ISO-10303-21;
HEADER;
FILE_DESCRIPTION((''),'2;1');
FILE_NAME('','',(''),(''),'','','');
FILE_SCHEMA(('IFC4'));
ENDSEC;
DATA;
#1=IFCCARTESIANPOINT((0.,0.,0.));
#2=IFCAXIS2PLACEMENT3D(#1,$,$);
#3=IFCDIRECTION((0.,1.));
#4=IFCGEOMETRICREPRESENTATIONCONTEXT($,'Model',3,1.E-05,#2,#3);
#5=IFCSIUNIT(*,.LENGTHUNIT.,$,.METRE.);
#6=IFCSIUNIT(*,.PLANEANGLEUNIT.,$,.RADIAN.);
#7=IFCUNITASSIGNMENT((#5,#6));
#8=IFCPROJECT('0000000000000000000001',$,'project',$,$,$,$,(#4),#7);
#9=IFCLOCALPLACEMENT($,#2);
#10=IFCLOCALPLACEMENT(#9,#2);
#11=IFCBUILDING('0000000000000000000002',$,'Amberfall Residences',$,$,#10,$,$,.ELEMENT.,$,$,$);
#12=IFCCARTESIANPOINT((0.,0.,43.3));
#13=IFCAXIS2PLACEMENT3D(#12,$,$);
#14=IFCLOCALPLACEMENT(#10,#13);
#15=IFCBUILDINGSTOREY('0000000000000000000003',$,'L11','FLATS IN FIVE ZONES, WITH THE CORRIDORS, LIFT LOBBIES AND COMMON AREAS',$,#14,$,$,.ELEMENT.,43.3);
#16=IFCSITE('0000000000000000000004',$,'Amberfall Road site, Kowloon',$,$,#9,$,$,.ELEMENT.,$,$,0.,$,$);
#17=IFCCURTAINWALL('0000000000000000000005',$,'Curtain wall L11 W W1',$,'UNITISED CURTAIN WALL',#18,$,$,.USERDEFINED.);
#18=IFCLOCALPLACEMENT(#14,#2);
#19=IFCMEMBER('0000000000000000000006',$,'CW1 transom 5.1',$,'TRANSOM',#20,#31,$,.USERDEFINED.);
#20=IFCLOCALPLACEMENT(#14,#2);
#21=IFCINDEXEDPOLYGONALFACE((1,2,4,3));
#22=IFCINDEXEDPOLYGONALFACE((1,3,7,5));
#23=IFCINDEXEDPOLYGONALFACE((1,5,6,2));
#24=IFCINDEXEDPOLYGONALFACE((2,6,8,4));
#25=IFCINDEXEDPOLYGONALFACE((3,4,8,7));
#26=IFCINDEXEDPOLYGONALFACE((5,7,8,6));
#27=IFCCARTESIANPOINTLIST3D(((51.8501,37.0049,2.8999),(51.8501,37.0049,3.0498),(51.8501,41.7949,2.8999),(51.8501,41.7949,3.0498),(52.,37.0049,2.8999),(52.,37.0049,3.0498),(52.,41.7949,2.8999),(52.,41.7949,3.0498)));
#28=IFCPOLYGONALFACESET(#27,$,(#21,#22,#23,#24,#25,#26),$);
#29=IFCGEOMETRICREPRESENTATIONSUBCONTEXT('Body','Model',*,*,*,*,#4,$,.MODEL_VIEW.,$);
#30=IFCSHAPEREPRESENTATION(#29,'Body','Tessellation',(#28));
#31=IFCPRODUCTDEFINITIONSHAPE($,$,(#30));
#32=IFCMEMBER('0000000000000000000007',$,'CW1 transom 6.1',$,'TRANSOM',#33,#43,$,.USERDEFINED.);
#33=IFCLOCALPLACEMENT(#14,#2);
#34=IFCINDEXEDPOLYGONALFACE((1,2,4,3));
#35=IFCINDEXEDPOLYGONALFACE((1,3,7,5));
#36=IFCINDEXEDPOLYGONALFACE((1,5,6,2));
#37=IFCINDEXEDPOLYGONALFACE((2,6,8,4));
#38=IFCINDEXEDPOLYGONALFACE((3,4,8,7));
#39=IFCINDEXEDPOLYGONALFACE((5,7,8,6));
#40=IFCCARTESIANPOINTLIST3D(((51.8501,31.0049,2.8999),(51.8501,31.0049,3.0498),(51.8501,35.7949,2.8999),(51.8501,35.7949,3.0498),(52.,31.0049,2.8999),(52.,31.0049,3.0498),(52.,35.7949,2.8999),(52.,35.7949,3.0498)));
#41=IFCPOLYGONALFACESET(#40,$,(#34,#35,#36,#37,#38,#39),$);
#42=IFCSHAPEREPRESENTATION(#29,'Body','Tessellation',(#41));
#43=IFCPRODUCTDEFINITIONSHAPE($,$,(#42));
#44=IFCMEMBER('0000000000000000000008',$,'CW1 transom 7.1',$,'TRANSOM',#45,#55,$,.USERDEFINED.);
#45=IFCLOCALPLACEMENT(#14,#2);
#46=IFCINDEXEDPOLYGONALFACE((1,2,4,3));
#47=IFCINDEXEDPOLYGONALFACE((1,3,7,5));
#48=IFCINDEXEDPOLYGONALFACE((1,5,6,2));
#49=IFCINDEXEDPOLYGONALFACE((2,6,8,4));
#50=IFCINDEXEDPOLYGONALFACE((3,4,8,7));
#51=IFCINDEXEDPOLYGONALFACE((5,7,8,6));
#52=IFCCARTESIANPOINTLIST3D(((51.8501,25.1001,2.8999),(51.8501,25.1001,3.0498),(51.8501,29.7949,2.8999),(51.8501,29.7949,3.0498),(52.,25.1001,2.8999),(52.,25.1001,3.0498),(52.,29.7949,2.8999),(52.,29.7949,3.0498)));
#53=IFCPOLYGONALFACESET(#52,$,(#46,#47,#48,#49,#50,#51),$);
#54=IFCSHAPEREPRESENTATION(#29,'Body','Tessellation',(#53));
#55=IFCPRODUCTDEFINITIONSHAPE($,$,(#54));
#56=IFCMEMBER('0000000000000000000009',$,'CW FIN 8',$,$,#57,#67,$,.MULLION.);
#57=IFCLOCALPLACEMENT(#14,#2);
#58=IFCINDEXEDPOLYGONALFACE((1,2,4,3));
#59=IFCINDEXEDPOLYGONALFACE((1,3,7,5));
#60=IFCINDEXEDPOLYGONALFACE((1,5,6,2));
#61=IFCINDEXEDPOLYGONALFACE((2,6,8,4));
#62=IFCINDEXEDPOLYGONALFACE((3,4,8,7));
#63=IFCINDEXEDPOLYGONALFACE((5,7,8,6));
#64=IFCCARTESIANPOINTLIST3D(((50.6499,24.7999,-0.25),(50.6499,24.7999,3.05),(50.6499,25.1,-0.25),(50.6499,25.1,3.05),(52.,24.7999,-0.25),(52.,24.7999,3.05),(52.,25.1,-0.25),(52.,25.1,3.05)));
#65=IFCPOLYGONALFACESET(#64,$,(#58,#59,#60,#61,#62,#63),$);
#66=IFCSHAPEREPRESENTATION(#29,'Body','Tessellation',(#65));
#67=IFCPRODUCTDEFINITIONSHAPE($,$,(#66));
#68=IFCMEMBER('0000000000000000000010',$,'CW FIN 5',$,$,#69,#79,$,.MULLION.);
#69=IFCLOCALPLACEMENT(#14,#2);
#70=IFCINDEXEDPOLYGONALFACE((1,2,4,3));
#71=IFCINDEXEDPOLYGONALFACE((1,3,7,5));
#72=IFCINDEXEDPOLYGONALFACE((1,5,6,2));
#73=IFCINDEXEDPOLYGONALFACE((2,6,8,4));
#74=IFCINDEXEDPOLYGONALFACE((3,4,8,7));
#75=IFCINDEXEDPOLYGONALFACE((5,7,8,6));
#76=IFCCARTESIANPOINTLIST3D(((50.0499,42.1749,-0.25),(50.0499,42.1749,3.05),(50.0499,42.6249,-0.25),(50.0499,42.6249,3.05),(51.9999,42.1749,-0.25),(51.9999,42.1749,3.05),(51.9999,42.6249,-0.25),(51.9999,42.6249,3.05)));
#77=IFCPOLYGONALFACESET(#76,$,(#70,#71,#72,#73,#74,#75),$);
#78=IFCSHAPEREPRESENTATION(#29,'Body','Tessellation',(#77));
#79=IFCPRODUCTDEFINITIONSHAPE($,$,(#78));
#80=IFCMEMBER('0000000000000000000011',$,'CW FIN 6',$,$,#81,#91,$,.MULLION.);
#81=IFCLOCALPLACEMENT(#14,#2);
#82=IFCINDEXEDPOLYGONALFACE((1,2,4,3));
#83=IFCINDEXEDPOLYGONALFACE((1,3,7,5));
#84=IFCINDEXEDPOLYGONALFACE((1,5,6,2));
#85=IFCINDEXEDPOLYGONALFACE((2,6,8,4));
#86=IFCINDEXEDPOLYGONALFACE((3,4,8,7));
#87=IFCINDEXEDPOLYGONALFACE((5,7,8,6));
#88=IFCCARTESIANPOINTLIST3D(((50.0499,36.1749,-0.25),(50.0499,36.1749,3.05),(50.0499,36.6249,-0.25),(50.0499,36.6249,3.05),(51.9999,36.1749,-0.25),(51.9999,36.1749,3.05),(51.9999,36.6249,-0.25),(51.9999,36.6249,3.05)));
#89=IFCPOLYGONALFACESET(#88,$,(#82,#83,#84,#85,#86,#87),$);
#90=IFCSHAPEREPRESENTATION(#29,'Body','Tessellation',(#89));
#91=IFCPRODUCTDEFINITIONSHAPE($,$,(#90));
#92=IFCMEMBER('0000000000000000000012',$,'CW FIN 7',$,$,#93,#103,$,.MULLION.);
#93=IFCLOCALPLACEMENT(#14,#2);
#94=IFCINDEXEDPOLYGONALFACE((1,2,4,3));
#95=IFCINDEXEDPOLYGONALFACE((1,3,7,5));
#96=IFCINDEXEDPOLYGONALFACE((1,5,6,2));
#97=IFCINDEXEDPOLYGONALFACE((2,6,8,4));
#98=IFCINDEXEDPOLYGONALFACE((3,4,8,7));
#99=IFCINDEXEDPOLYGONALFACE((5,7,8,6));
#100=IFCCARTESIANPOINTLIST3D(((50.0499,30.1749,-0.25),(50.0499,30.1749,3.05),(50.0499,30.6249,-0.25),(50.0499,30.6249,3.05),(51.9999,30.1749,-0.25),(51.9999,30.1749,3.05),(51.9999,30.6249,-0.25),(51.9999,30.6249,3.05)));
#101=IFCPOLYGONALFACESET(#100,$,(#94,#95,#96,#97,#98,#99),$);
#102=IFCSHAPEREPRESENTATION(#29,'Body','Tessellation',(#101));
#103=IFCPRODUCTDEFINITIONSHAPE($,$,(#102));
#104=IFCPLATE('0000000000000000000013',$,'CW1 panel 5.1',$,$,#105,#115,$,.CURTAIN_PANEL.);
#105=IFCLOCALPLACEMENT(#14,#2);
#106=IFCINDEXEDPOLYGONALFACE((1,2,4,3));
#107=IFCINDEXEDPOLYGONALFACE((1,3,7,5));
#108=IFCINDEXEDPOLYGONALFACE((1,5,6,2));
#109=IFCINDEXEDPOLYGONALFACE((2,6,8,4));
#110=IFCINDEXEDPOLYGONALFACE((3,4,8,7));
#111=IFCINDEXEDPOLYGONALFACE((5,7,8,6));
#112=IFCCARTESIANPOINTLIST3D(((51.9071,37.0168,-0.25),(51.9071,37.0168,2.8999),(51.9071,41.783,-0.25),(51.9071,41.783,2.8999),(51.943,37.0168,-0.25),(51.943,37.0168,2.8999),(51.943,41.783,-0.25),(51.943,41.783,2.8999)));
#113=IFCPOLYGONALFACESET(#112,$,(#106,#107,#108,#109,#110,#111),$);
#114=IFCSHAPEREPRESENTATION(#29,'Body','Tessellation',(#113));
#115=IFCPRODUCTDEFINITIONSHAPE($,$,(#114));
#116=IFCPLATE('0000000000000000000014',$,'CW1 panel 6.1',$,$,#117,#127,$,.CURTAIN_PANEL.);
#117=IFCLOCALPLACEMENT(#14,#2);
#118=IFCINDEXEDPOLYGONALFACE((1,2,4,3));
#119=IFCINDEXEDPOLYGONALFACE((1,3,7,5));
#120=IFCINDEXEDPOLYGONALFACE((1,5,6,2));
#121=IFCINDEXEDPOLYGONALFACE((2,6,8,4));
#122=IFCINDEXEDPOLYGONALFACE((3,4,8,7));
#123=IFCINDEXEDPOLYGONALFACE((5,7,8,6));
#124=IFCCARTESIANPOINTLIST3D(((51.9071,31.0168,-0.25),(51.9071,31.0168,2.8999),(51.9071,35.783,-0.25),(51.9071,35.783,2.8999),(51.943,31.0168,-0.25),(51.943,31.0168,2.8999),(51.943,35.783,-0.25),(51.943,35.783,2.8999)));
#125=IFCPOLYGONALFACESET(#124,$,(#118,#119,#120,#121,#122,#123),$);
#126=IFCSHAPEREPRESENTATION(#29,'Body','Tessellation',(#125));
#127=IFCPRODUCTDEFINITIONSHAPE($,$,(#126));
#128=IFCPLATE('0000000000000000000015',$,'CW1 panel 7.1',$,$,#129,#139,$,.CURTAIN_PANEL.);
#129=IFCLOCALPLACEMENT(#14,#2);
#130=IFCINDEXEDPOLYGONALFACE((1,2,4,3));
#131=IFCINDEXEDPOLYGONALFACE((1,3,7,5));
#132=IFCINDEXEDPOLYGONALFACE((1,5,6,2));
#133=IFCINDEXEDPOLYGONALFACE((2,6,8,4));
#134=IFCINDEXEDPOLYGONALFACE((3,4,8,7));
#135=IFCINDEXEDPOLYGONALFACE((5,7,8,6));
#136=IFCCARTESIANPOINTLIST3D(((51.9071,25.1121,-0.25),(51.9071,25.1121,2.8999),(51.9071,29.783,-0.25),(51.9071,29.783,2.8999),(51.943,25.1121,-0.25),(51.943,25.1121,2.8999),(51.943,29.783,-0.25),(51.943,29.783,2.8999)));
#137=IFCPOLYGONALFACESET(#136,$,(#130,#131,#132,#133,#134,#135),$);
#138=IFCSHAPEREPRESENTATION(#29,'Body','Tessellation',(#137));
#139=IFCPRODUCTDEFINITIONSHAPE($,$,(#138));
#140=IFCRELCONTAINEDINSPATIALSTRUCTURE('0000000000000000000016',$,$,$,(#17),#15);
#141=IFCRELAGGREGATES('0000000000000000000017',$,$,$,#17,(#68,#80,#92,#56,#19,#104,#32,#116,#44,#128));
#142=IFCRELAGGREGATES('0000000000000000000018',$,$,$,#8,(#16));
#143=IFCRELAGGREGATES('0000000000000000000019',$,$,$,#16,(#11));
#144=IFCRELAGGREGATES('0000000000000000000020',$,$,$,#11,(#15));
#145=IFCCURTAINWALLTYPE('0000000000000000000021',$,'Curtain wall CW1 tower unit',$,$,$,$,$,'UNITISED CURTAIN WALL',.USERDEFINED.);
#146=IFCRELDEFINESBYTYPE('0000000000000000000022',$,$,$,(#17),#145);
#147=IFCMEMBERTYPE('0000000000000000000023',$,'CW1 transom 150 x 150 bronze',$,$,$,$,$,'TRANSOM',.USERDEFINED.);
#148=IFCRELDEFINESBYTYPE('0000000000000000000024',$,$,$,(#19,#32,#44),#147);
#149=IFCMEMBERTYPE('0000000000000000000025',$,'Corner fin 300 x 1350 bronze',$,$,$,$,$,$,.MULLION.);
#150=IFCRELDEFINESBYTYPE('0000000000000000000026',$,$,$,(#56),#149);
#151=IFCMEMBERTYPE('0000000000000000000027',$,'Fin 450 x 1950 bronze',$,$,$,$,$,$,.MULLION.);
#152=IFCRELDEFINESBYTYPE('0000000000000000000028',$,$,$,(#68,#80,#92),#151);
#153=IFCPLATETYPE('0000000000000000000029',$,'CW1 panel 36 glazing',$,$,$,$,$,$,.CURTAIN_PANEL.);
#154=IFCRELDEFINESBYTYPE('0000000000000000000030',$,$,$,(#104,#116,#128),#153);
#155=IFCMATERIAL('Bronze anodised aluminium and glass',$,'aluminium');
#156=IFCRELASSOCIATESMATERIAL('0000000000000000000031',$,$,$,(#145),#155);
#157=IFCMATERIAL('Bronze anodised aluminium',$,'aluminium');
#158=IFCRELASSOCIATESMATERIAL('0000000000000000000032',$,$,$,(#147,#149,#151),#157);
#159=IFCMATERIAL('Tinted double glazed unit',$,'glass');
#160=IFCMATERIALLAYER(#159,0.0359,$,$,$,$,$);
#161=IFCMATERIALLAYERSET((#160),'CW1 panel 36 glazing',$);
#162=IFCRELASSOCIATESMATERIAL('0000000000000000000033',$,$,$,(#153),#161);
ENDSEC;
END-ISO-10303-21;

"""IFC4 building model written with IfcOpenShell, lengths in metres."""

from ifc_helpers import new_model, si_unit, direction, frame, origin, origin_2d, place, context, subcontext, project, spatial, rectangle, extrude, material, layer, layer_set, material_profile, profile_set, type_object, element, aggregate, save


model = new_model("IFC4")

# Units and contexts
model_context = context("Model", 3, precision=1e-05, world=origin(), true_north=direction((0.0, 1.0)))
body_context = subcontext(model_context, "Body", "Model", "MODEL_VIEW")
ifc_project = project(units=[si_unit("LENGTHUNIT", "METRE"), si_unit("PLANEANGLEUNIT", "RADIAN")], contexts=[model_context])

# Site, building, storey
site_placement = place(None, origin())
site = spatial("IfcSite", under=ifc_project, at=site_placement, Name="Amberfall Road site, Kowloon", CompositionType="ELEMENT", RefElevation=0.0)
building_placement = place(site_placement, origin())
building = spatial("IfcBuilding", under=site, at=building_placement, Name="Amberfall Residences", CompositionType="ELEMENT")
storey_placement = place(building_placement, frame((0.0, 0.0, 43.3)))
storey = spatial("IfcBuildingStorey", under=building, at=storey_placement, Name="L11", Description="FLATS IN FIVE ZONES, WITH THE CORRIDORS, LIFT LOBBIES AND COMMON AREAS", CompositionType="ELEMENT", Elevation=43.3)

# Curtain wall, members, plates
ifc_material_1 = material(Name="Bronze anodised aluminium and glass", Category="aluminium")
curtain_wall_type = type_object("IfcCurtainWallType", Name="Curtain wall CW1 tower unit", ElementType="UNITISED CURTAIN WALL", PredefinedType="USERDEFINED", material=ifc_material_1)
curtain_wall_placement = place(storey_placement, origin())
curtain_wall = element("IfcCurtainWall", 1, at=curtain_wall_placement, inside=storey, type_object=curtain_wall_type, Name="Curtain wall L11 W W1", ObjectType="UNITISED CURTAIN WALL", PredefinedType="USERDEFINED")
ifc_material_2 = material(Name="Bronze anodised aluminium", Category="aluminium")
ifc_material_profile_1 = material_profile(ifc_material_2, rectangle(XDim=0.1499, YDim=0.1499, at=origin_2d()), Name="CW1 transom 150 x 150 bronze")
ifc_profile_set_1 = profile_set([ifc_material_profile_1], Name="Bronze anodised aluminium")
member_type_1 = type_object("IfcMemberType", Name="CW1 transom 150 x 150 bronze", ElementType="TRANSOM", PredefinedType="USERDEFINED", material=ifc_profile_set_1)
member_1_placement = place(storey_placement, frame((51.925, 41.7949, 2.9749), z_axis=(0.0, -1.0, 0.0), x_axis=(1.0, 0.0, 0.0)))
member_1 = element("IfcMember", 2, at=member_1_placement, type_object=member_type_1, Name="CW1 transom 5.1", ObjectType="TRANSOM", PredefinedType="USERDEFINED", context=body_context, shape_type="SweptSolid", body=[
    extrude(rectangle(XDim=0.1499, YDim=0.1499, at=origin_2d()), origin(), (0.0, 0.0, 1.0), 4.79),
])
member_2_placement = place(storey_placement, frame((51.925, 35.7949, 2.9749), z_axis=(0.0, -1.0, 0.0), x_axis=(1.0, 0.0, 0.0)))
member_2 = element("IfcMember", 3, at=member_2_placement, type_object=member_type_1, Name="CW1 transom 6.1", ObjectType="TRANSOM", PredefinedType="USERDEFINED", context=body_context, shape_type="SweptSolid", body=[
    extrude(rectangle(XDim=0.1499, YDim=0.1499, at=origin_2d()), origin(), (0.0, 0.0, 1.0), 4.79),
])
member_3_placement = place(storey_placement, frame((51.925, 29.7949, 2.9749), z_axis=(0.0, -1.0, 0.0), x_axis=(1.0, 0.0, 0.0)))
member_3 = element("IfcMember", 4, at=member_3_placement, type_object=member_type_1, Name="CW1 transom 7.1", ObjectType="TRANSOM", PredefinedType="USERDEFINED", context=body_context, shape_type="SweptSolid", body=[
    extrude(rectangle(XDim=0.1499, YDim=0.1499, at=origin_2d()), origin(), (0.0, 0.0, 1.0), 4.6948),
])
ifc_material_profile_2 = material_profile(ifc_material_2, rectangle(XDim=1.3501, YDim=0.3, at=origin_2d()), Name="Corner fin 300 x 1350 bronze")
ifc_profile_set_2 = profile_set([ifc_material_profile_2], Name="Bronze anodised aluminium")
member_type_2 = type_object("IfcMemberType", Name="Corner fin 300 x 1350 bronze", PredefinedType="MULLION", material=ifc_profile_set_2)
member_4_placement = place(storey_placement, frame((51.325, 24.95, -0.25), z_axis=(0.0, 0.0, 1.0), x_axis=(1.0, 0.0, 0.0)))
member_4 = element("IfcMember", 5, at=member_4_placement, type_object=member_type_2, Name="CW FIN 8", PredefinedType="MULLION", context=body_context, shape_type="SweptSolid", body=[
    extrude(rectangle(XDim=1.3501, YDim=0.3, at=origin_2d()), origin(), (0.0, 0.0, 1.0), 3.3),
])
ifc_material_profile_3 = material_profile(ifc_material_2, rectangle(XDim=1.95, YDim=0.45, at=origin_2d()), Name="Fin 450 x 1950 bronze")
ifc_profile_set_3 = profile_set([ifc_material_profile_3], Name="Bronze anodised aluminium")
member_type_3 = type_object("IfcMemberType", Name="Fin 450 x 1950 bronze", PredefinedType="MULLION", material=ifc_profile_set_3)
member_5_placement = place(storey_placement, frame((51.0249, 42.3999, -0.25), z_axis=(0.0, 0.0, 1.0), x_axis=(1.0, 0.0, 0.0)))
member_5 = element("IfcMember", 6, at=member_5_placement, type_object=member_type_3, Name="CW FIN 5", PredefinedType="MULLION", context=body_context, shape_type="SweptSolid", body=[
    extrude(rectangle(XDim=1.95, YDim=0.45, at=origin_2d()), origin(), (0.0, 0.0, 1.0), 3.3),
])
member_6_placement = place(storey_placement, frame((51.0249, 36.3999, -0.25), z_axis=(0.0, 0.0, 1.0), x_axis=(1.0, 0.0, 0.0)))
member_6 = element("IfcMember", 7, at=member_6_placement, type_object=member_type_3, Name="CW FIN 6", PredefinedType="MULLION", context=body_context, shape_type="SweptSolid", body=[
    extrude(rectangle(XDim=1.95, YDim=0.45, at=origin_2d()), origin(), (0.0, 0.0, 1.0), 3.3),
])
member_7_placement = place(storey_placement, frame((51.0249, 30.3999, -0.25), z_axis=(0.0, 0.0, 1.0), x_axis=(1.0, 0.0, 0.0)))
member_7 = element("IfcMember", 8, at=member_7_placement, type_object=member_type_3, Name="CW FIN 7", PredefinedType="MULLION", context=body_context, shape_type="SweptSolid", body=[
    extrude(rectangle(XDim=1.95, YDim=0.45, at=origin_2d()), origin(), (0.0, 0.0, 1.0), 3.3),
])
ifc_material_3 = material(Name="Tinted double glazed unit", Category="glass")
ifc_layer_1 = layer(ifc_material_3, 0.0359)
ifc_layer_set_1 = layer_set([ifc_layer_1], Name="CW1 panel 36 glazing")
plate_type = type_object("IfcPlateType", Name="CW1 panel 36 glazing", PredefinedType="CURTAIN_PANEL", material=ifc_layer_set_1)
plate_1_placement = place(storey_placement, frame((51.925, 39.3999, -0.25), z_axis=(0.0, 0.0, 1.0), x_axis=(0.0, -1.0, 0.0)))
plate_1 = element("IfcPlate", 9, at=plate_1_placement, type_object=plate_type, Name="CW1 panel 5.1", PredefinedType="CURTAIN_PANEL", context=body_context, shape_type="SweptSolid", body=[
    extrude(rectangle(XDim=4.7661, YDim=0.0359, at=origin_2d()), origin(), (0.0, 0.0, 1.0), 3.1499),
])
plate_2_placement = place(storey_placement, frame((51.925, 33.3999, -0.25), z_axis=(0.0, 0.0, 1.0), x_axis=(0.0, -1.0, 0.0)))
plate_2 = element("IfcPlate", 10, at=plate_2_placement, type_object=plate_type, Name="CW1 panel 6.1", PredefinedType="CURTAIN_PANEL", context=body_context, shape_type="SweptSolid", body=[
    extrude(rectangle(XDim=4.7661, YDim=0.0359, at=origin_2d()), origin(), (0.0, 0.0, 1.0), 3.1499),
])
plate_3_placement = place(storey_placement, frame((51.925, 27.4475, -0.25), z_axis=(0.0, 0.0, 1.0), x_axis=(0.0, -1.0, 0.0)))
plate_3 = element("IfcPlate", 11, at=plate_3_placement, type_object=plate_type, Name="CW1 panel 7.1", PredefinedType="CURTAIN_PANEL", context=body_context, shape_type="SweptSolid", body=[
    extrude(rectangle(XDim=4.6709, YDim=0.0359, at=origin_2d()), origin(), (0.0, 0.0, 1.0), 3.1499),
])
aggregate(curtain_wall, [member_5, member_6, member_7, member_4, member_1, plate_1, member_2, plate_2, member_3, plate_3])

save(model, "model.ifc")
